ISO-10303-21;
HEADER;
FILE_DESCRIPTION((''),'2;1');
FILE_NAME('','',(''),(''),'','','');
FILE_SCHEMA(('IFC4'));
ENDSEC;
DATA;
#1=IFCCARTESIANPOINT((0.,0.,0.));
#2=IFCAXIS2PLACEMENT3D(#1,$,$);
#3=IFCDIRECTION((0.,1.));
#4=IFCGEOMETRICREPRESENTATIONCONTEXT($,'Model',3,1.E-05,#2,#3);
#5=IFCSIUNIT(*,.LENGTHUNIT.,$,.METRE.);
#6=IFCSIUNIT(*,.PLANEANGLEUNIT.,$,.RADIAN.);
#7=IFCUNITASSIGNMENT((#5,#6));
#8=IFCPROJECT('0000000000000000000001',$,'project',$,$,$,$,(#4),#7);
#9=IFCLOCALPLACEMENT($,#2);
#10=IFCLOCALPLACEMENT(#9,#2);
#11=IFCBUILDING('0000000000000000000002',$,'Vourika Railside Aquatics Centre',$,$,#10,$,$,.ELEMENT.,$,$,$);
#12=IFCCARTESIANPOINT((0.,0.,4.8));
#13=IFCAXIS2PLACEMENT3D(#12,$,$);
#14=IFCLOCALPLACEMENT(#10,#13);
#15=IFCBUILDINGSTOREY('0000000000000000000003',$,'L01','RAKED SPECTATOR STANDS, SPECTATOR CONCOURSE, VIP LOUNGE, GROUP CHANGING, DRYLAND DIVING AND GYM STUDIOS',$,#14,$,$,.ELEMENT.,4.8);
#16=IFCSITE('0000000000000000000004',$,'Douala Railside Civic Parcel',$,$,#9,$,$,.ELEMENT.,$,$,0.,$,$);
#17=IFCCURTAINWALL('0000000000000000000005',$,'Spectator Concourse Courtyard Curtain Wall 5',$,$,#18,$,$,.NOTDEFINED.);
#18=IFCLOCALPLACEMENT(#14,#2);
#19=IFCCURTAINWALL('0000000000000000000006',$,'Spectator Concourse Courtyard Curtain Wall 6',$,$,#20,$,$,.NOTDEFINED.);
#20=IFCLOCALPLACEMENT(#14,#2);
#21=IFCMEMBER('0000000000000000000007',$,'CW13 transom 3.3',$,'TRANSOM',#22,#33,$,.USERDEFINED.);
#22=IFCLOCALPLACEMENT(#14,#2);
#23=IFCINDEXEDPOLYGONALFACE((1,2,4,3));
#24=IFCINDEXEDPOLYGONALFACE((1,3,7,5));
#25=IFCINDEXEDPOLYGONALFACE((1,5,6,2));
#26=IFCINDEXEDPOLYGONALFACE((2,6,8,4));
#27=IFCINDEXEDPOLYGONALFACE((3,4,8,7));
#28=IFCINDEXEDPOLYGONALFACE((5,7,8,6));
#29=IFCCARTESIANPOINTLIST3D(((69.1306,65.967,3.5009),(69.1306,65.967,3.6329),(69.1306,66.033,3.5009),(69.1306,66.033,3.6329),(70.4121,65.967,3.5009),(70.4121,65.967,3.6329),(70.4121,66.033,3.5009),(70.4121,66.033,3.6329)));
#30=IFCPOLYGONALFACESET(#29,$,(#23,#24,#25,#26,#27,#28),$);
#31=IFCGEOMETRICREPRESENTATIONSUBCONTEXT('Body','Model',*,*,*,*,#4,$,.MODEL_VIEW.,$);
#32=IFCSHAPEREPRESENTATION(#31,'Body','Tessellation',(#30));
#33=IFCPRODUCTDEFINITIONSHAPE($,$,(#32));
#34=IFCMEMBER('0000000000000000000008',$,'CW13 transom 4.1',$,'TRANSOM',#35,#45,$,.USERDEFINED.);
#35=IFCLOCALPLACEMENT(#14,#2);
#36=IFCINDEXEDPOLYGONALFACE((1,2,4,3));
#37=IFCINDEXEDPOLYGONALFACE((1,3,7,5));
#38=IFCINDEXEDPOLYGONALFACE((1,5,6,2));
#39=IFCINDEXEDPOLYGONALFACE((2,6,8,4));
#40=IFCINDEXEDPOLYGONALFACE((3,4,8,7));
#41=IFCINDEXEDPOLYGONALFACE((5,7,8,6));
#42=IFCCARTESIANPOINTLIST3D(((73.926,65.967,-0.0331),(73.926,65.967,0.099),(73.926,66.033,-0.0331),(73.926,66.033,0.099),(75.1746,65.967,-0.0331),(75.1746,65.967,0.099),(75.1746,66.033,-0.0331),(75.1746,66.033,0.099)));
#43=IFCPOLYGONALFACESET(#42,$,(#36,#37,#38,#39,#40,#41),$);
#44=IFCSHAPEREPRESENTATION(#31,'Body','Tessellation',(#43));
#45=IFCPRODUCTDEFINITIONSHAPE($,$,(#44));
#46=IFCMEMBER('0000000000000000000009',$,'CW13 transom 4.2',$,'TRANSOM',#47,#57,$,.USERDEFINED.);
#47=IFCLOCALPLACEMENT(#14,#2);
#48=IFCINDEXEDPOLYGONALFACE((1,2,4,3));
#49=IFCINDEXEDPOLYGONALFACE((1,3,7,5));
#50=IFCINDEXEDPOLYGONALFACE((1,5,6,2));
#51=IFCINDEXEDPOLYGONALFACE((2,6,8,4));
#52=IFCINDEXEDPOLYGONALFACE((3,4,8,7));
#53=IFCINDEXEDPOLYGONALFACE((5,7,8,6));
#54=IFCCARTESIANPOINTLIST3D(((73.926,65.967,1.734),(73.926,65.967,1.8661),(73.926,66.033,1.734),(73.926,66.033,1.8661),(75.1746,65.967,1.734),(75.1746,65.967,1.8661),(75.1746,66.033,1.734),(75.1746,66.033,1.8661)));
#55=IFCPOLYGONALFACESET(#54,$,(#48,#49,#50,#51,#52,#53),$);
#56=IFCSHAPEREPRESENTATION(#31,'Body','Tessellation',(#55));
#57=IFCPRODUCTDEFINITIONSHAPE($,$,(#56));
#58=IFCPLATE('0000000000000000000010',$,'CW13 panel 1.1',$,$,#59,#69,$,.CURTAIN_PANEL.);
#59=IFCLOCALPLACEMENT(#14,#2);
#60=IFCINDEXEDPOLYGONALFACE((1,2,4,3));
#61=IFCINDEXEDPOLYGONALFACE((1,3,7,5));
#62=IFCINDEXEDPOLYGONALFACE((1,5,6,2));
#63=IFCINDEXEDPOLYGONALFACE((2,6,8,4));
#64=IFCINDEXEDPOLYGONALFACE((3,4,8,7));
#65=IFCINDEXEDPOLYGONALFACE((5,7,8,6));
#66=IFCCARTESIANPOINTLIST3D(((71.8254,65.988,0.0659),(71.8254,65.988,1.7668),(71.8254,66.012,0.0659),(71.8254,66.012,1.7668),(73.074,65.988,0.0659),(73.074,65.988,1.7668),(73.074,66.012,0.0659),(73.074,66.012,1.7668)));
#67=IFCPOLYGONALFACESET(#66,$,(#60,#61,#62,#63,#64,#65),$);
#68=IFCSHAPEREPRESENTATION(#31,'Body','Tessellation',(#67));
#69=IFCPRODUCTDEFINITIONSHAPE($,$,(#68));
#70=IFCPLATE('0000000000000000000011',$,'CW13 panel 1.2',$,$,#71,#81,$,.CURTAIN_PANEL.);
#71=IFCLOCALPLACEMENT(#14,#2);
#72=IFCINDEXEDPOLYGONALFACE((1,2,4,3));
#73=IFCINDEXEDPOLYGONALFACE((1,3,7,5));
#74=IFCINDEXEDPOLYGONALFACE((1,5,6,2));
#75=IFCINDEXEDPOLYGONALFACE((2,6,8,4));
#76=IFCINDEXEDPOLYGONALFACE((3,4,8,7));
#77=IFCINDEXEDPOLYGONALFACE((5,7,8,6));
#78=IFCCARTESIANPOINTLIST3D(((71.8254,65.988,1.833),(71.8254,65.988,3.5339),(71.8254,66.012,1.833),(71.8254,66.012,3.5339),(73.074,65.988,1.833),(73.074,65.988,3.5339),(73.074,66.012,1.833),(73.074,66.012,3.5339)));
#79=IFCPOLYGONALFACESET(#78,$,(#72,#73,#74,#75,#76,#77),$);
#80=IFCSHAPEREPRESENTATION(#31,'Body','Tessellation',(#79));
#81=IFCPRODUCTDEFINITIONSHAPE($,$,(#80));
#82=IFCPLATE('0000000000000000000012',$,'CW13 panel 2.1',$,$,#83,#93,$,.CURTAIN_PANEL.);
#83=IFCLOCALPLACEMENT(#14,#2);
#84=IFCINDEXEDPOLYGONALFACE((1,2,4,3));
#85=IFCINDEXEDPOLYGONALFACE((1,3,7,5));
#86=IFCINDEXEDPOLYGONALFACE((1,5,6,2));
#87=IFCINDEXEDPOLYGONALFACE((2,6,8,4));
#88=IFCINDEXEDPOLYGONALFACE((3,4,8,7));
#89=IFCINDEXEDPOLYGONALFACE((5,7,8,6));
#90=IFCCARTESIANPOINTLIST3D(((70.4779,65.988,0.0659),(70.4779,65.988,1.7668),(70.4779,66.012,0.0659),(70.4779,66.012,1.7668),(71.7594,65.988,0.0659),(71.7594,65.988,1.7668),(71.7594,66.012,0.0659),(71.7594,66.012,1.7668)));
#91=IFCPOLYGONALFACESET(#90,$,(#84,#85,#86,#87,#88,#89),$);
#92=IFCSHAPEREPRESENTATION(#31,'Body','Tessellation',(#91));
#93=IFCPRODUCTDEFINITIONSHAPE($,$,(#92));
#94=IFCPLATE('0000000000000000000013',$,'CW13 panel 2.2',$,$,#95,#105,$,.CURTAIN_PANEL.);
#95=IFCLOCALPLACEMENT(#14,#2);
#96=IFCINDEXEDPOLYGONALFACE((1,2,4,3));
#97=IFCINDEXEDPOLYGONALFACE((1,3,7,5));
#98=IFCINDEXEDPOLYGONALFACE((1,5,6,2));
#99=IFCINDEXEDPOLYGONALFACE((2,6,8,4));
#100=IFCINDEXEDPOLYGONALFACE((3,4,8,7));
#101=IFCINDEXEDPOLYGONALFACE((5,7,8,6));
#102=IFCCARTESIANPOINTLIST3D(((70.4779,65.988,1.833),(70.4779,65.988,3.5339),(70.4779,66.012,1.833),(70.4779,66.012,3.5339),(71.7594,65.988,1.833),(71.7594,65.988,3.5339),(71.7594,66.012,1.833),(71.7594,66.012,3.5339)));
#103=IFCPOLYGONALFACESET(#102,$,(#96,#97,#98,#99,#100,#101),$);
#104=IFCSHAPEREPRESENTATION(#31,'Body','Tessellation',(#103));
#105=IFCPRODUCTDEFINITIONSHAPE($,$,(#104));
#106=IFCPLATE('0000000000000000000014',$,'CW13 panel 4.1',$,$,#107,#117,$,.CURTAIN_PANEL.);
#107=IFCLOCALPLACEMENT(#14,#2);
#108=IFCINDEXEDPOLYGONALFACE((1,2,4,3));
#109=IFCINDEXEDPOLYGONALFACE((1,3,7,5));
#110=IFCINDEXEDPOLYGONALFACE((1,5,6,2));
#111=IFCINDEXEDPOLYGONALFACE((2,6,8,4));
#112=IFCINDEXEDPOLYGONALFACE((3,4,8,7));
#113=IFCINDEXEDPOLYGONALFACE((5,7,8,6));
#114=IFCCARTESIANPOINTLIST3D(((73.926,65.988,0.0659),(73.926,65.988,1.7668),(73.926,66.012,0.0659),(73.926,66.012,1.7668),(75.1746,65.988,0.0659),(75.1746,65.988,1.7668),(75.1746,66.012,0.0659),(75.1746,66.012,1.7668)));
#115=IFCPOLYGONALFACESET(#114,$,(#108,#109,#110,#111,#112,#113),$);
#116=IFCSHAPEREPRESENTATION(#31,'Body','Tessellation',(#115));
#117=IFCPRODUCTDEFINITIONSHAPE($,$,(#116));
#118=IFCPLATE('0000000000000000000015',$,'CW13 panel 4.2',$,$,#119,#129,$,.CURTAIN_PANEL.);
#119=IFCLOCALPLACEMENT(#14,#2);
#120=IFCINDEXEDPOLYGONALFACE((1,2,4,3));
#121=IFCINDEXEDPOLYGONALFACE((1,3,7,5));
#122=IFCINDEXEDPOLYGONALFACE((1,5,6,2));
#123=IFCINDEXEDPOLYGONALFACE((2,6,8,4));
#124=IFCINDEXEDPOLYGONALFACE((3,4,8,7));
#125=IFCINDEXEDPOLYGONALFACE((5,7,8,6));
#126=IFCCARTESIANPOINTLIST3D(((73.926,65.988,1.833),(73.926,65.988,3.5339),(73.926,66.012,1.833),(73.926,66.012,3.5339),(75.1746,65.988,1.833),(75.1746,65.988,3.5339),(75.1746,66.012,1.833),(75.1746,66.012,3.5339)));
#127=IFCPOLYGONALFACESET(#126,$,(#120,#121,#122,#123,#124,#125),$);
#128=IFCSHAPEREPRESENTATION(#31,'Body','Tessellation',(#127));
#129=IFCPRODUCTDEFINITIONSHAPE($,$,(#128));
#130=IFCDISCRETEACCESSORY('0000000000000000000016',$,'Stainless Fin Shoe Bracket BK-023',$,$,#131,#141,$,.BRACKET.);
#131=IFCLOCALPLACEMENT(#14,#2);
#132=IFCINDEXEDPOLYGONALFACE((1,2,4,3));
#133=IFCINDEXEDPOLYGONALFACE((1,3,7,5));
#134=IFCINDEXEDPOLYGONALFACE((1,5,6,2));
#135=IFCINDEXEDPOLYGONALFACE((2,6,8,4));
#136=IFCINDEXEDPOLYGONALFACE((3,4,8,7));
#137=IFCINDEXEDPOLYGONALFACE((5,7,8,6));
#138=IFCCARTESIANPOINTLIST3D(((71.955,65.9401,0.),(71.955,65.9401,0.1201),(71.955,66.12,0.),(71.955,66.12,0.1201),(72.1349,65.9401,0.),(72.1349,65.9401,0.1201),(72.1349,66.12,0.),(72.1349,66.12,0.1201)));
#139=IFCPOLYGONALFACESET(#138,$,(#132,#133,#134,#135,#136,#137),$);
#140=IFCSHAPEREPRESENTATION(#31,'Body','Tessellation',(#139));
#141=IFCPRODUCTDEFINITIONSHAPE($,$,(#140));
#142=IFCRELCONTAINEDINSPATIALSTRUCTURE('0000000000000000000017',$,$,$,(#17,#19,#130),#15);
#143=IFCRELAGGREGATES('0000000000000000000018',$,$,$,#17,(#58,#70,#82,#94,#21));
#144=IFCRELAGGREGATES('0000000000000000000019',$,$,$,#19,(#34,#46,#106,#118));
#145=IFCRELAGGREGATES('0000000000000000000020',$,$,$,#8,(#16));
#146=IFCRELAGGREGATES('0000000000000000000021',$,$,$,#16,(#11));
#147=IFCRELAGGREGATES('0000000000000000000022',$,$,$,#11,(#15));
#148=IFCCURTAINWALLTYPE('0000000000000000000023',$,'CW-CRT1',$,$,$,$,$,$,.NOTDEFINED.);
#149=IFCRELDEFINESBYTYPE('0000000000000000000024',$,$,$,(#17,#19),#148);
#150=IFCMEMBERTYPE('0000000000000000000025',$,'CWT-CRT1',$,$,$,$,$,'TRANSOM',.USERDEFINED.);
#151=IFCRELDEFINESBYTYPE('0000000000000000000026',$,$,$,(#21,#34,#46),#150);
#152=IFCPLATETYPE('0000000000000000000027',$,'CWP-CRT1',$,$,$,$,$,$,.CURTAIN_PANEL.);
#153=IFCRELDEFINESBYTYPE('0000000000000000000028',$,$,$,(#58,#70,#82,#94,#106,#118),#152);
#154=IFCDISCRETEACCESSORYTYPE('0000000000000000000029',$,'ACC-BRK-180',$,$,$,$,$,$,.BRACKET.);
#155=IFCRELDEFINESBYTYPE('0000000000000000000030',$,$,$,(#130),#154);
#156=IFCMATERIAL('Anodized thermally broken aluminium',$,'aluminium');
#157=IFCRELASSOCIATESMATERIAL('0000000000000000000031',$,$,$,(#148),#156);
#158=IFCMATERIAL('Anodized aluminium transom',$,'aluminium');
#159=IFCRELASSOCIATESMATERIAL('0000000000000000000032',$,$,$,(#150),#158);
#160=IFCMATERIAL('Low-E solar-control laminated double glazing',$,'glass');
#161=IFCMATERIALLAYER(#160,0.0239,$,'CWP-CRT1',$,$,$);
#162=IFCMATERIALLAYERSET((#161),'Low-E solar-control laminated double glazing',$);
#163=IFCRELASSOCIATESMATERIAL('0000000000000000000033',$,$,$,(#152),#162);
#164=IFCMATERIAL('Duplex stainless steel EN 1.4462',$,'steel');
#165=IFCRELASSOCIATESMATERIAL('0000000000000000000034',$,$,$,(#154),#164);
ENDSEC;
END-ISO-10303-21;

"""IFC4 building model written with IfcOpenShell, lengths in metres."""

from ifc_helpers import new_model, si_unit, direction, frame, origin, origin_2d, place, context, subcontext, project, spatial, rectangle, extrude, material, layer, layer_set, material_profile, profile_set, type_object, element, aggregate, save


model = new_model("IFC4")

# Units and contexts
model_context = context("Model", 3, precision=1e-05, world=origin(), true_north=direction((0.0, 1.0)))
body_context = subcontext(model_context, "Body", "Model", "MODEL_VIEW")
ifc_project = project(units=[si_unit("LENGTHUNIT", "METRE"), si_unit("PLANEANGLEUNIT", "RADIAN")], contexts=[model_context])

# Site, building, storey
site_placement = place(None, origin())
site = spatial("IfcSite", under=ifc_project, at=site_placement, Name="Douala Railside Civic Parcel", CompositionType="ELEMENT", RefElevation=0.0)
building_placement = place(site_placement, origin())
building = spatial("IfcBuilding", under=site, at=building_placement, Name="Vourika Railside Aquatics Centre", CompositionType="ELEMENT")
storey_placement = place(building_placement, frame((0.0, 0.0, 4.8)))
storey = spatial("IfcBuildingStorey", under=building, at=storey_placement, Name="L01", Description="RAKED SPECTATOR STANDS, SPECTATOR CONCOURSE, VIP LOUNGE, GROUP CHANGING, DRYLAND DIVING AND GYM STUDIOS", CompositionType="ELEMENT", Elevation=4.8)

# Curtain wall
ifc_material_1 = material(Name="Anodized thermally broken aluminium", Category="aluminium")
curtain_wall_type = type_object("IfcCurtainWallType", Name="CW-CRT1", PredefinedType="NOTDEFINED", material=ifc_material_1)
curtain_wall_1_placement = place(storey_placement, origin())
curtain_wall_1 = element("IfcCurtainWall", 1, at=curtain_wall_1_placement, inside=storey, type_object=curtain_wall_type, Name="Spectator Concourse Courtyard Curtain Wall 5", PredefinedType="NOTDEFINED")

# Curtain wall
curtain_wall_2_placement = place(storey_placement, origin())
curtain_wall_2 = element("IfcCurtainWall", 2, at=curtain_wall_2_placement, inside=storey, type_object=curtain_wall_type, Name="Spectator Concourse Courtyard Curtain Wall 6", PredefinedType="NOTDEFINED")

# Members
ifc_material_2 = material(Name="Anodized aluminium transom", Category="aluminium")
ifc_material_profile_1 = material_profile(ifc_material_2, rectangle(XDim=0.0659, YDim=0.1321, at=origin_2d()), Name="ALU-T 66x132")
ifc_profile_set_1 = profile_set([ifc_material_profile_1], Name="Anodized aluminium transom")
member_type_1 = type_object("IfcMemberType", Name="CWT-CRT1", ElementType="TRANSOM", PredefinedType="USERDEFINED", material=ifc_profile_set_1)
member_1_placement = place(storey_placement, frame((70.4121, 66.0, 3.5669), z_axis=(-1.0, 0.0, 0.0), x_axis=(0.0, -1.0, 0.0)))
member_1 = element("IfcMember", 3, at=member_1_placement, type_object=member_type_1, Name="CW13 transom 3.3", ObjectType="TRANSOM", PredefinedType="USERDEFINED", context=body_context, shape_type="SweptSolid", body=[
    extrude(rectangle(XDim=0.0659, YDim=0.1321, at=origin_2d()), origin(), (0.0, 0.0, 1.0), 1.2815),
])
member_2_placement = place(storey_placement, frame((75.1746, 66.0, 0.033), z_axis=(-1.0, 0.0, 0.0), x_axis=(0.0, -1.0, 0.0)))
member_2 = element("IfcMember", 4, at=member_2_placement, type_object=member_type_1, Name="CW13 transom 4.1", ObjectType="TRANSOM", PredefinedType="USERDEFINED", context=body_context, shape_type="SweptSolid", body=[
    extrude(rectangle(XDim=0.0659, YDim=0.1321, at=origin_2d()), origin(), (0.0, 0.0, 1.0), 1.2485),
])
member_3_placement = place(storey_placement, frame((75.1746, 66.0, 1.8), z_axis=(-1.0, 0.0, 0.0), x_axis=(0.0, -1.0, 0.0)))
member_3 = element("IfcMember", 5, at=member_3_placement, type_object=member_type_1, Name="CW13 transom 4.2", ObjectType="TRANSOM", PredefinedType="USERDEFINED", context=body_context, shape_type="SweptSolid", body=[
    extrude(rectangle(XDim=0.0659, YDim=0.1321, at=origin_2d()), origin(), (0.0, 0.0, 1.0), 1.2485),
])

# Plates
ifc_material_3 = material(Name="Low-E solar-control laminated double glazing", Category="glass")
ifc_layer = layer(ifc_material_3, 0.0239, Name="CWP-CRT1")
ifc_layer_set = layer_set([ifc_layer], Name="Low-E solar-control laminated double glazing")
plate_type = type_object("IfcPlateType", Name="CWP-CRT1", PredefinedType="CURTAIN_PANEL", material=ifc_layer_set)
plate_1_placement = place(storey_placement, frame((72.4497, 66.0, 0.0659), z_axis=(0.0, 0.0, 1.0), x_axis=(-1.0, 0.0, 0.0)))
plate_1 = element("IfcPlate", 6, at=plate_1_placement, type_object=plate_type, Name="CW13 panel 1.1", PredefinedType="CURTAIN_PANEL", context=body_context, shape_type="SweptSolid", body=[
    extrude(rectangle(XDim=1.2485, YDim=0.0239, at=origin_2d()), origin(), (0.0, 0.0, 1.0), 1.7009),
])
plate_2_placement = place(storey_placement, frame((72.4497, 66.0, 1.833), z_axis=(0.0, 0.0, 1.0), x_axis=(-1.0, 0.0, 0.0)))
plate_2 = element("IfcPlate", 7, at=plate_2_placement, type_object=plate_type, Name="CW13 panel 1.2", PredefinedType="CURTAIN_PANEL", context=body_context, shape_type="SweptSolid", body=[
    extrude(rectangle(XDim=1.2485, YDim=0.0239, at=origin_2d()), origin(), (0.0, 0.0, 1.0), 1.7009),
])
plate_3_placement = place(storey_placement, frame((71.1187, 66.0, 0.0659), z_axis=(0.0, 0.0, 1.0), x_axis=(-1.0, 0.0, 0.0)))
plate_3 = element("IfcPlate", 8, at=plate_3_placement, type_object=plate_type, Name="CW13 panel 2.1", PredefinedType="CURTAIN_PANEL", context=body_context, shape_type="SweptSolid", body=[
    extrude(rectangle(XDim=1.2815, YDim=0.0239, at=origin_2d()), origin(), (0.0, 0.0, 1.0), 1.7009),
])
plate_4_placement = place(storey_placement, frame((71.1187, 66.0, 1.833), z_axis=(0.0, 0.0, 1.0), x_axis=(-1.0, 0.0, 0.0)))
plate_4 = element("IfcPlate", 9, at=plate_4_placement, type_object=plate_type, Name="CW13 panel 2.2", PredefinedType="CURTAIN_PANEL", context=body_context, shape_type="SweptSolid", body=[
    extrude(rectangle(XDim=1.2815, YDim=0.0239, at=origin_2d()), origin(), (0.0, 0.0, 1.0), 1.7009),
])
aggregate(curtain_wall_1, [plate_1, plate_2, plate_3, plate_4, member_1])
plate_5_placement = place(storey_placement, frame((74.5503, 66.0, 0.0659), z_axis=(0.0, 0.0, 1.0), x_axis=(-1.0, 0.0, 0.0)))
plate_5 = element("IfcPlate", 10, at=plate_5_placement, type_object=plate_type, Name="CW13 panel 4.1", PredefinedType="CURTAIN_PANEL", context=body_context, shape_type="SweptSolid", body=[
    extrude(rectangle(XDim=1.2485, YDim=0.0239, at=origin_2d()), origin(), (0.0, 0.0, 1.0), 1.7009),
])
plate_6_placement = place(storey_placement, frame((74.5503, 66.0, 1.833), z_axis=(0.0, 0.0, 1.0), x_axis=(-1.0, 0.0, 0.0)))
plate_6 = element("IfcPlate", 11, at=plate_6_placement, type_object=plate_type, Name="CW13 panel 4.2", PredefinedType="CURTAIN_PANEL", context=body_context, shape_type="SweptSolid", body=[
    extrude(rectangle(XDim=1.2485, YDim=0.0239, at=origin_2d()), origin(), (0.0, 0.0, 1.0), 1.7009),
])
aggregate(curtain_wall_2, [member_2, member_3, plate_5, plate_6])

# Discrete accessory
ifc_material_4 = material(Name="Duplex stainless steel EN 1.4462", Category="steel")
discrete_accessory_type = type_object("IfcDiscreteAccessoryType", Name="ACC-BRK-180", PredefinedType="BRACKET", material=ifc_material_4)
discrete_accessory_placement = place(storey_placement, frame((72.0449, 66.03, 0.0), z_axis=(0.0, 0.0, 1.0), x_axis=(0.0, 1.0, 0.0)))
element("IfcDiscreteAccessory", 12, at=discrete_accessory_placement, inside=storey, type_object=discrete_accessory_type, Name="Stainless Fin Shoe Bracket BK-023", PredefinedType="BRACKET", context=body_context, shape_type="SweptSolid", body=[
    extrude(rectangle(XDim=0.1799, YDim=0.1799, at=origin_2d()), origin(), (0.0, 0.0, 1.0), 0.1201),
])

save(model, "model.ifc")
